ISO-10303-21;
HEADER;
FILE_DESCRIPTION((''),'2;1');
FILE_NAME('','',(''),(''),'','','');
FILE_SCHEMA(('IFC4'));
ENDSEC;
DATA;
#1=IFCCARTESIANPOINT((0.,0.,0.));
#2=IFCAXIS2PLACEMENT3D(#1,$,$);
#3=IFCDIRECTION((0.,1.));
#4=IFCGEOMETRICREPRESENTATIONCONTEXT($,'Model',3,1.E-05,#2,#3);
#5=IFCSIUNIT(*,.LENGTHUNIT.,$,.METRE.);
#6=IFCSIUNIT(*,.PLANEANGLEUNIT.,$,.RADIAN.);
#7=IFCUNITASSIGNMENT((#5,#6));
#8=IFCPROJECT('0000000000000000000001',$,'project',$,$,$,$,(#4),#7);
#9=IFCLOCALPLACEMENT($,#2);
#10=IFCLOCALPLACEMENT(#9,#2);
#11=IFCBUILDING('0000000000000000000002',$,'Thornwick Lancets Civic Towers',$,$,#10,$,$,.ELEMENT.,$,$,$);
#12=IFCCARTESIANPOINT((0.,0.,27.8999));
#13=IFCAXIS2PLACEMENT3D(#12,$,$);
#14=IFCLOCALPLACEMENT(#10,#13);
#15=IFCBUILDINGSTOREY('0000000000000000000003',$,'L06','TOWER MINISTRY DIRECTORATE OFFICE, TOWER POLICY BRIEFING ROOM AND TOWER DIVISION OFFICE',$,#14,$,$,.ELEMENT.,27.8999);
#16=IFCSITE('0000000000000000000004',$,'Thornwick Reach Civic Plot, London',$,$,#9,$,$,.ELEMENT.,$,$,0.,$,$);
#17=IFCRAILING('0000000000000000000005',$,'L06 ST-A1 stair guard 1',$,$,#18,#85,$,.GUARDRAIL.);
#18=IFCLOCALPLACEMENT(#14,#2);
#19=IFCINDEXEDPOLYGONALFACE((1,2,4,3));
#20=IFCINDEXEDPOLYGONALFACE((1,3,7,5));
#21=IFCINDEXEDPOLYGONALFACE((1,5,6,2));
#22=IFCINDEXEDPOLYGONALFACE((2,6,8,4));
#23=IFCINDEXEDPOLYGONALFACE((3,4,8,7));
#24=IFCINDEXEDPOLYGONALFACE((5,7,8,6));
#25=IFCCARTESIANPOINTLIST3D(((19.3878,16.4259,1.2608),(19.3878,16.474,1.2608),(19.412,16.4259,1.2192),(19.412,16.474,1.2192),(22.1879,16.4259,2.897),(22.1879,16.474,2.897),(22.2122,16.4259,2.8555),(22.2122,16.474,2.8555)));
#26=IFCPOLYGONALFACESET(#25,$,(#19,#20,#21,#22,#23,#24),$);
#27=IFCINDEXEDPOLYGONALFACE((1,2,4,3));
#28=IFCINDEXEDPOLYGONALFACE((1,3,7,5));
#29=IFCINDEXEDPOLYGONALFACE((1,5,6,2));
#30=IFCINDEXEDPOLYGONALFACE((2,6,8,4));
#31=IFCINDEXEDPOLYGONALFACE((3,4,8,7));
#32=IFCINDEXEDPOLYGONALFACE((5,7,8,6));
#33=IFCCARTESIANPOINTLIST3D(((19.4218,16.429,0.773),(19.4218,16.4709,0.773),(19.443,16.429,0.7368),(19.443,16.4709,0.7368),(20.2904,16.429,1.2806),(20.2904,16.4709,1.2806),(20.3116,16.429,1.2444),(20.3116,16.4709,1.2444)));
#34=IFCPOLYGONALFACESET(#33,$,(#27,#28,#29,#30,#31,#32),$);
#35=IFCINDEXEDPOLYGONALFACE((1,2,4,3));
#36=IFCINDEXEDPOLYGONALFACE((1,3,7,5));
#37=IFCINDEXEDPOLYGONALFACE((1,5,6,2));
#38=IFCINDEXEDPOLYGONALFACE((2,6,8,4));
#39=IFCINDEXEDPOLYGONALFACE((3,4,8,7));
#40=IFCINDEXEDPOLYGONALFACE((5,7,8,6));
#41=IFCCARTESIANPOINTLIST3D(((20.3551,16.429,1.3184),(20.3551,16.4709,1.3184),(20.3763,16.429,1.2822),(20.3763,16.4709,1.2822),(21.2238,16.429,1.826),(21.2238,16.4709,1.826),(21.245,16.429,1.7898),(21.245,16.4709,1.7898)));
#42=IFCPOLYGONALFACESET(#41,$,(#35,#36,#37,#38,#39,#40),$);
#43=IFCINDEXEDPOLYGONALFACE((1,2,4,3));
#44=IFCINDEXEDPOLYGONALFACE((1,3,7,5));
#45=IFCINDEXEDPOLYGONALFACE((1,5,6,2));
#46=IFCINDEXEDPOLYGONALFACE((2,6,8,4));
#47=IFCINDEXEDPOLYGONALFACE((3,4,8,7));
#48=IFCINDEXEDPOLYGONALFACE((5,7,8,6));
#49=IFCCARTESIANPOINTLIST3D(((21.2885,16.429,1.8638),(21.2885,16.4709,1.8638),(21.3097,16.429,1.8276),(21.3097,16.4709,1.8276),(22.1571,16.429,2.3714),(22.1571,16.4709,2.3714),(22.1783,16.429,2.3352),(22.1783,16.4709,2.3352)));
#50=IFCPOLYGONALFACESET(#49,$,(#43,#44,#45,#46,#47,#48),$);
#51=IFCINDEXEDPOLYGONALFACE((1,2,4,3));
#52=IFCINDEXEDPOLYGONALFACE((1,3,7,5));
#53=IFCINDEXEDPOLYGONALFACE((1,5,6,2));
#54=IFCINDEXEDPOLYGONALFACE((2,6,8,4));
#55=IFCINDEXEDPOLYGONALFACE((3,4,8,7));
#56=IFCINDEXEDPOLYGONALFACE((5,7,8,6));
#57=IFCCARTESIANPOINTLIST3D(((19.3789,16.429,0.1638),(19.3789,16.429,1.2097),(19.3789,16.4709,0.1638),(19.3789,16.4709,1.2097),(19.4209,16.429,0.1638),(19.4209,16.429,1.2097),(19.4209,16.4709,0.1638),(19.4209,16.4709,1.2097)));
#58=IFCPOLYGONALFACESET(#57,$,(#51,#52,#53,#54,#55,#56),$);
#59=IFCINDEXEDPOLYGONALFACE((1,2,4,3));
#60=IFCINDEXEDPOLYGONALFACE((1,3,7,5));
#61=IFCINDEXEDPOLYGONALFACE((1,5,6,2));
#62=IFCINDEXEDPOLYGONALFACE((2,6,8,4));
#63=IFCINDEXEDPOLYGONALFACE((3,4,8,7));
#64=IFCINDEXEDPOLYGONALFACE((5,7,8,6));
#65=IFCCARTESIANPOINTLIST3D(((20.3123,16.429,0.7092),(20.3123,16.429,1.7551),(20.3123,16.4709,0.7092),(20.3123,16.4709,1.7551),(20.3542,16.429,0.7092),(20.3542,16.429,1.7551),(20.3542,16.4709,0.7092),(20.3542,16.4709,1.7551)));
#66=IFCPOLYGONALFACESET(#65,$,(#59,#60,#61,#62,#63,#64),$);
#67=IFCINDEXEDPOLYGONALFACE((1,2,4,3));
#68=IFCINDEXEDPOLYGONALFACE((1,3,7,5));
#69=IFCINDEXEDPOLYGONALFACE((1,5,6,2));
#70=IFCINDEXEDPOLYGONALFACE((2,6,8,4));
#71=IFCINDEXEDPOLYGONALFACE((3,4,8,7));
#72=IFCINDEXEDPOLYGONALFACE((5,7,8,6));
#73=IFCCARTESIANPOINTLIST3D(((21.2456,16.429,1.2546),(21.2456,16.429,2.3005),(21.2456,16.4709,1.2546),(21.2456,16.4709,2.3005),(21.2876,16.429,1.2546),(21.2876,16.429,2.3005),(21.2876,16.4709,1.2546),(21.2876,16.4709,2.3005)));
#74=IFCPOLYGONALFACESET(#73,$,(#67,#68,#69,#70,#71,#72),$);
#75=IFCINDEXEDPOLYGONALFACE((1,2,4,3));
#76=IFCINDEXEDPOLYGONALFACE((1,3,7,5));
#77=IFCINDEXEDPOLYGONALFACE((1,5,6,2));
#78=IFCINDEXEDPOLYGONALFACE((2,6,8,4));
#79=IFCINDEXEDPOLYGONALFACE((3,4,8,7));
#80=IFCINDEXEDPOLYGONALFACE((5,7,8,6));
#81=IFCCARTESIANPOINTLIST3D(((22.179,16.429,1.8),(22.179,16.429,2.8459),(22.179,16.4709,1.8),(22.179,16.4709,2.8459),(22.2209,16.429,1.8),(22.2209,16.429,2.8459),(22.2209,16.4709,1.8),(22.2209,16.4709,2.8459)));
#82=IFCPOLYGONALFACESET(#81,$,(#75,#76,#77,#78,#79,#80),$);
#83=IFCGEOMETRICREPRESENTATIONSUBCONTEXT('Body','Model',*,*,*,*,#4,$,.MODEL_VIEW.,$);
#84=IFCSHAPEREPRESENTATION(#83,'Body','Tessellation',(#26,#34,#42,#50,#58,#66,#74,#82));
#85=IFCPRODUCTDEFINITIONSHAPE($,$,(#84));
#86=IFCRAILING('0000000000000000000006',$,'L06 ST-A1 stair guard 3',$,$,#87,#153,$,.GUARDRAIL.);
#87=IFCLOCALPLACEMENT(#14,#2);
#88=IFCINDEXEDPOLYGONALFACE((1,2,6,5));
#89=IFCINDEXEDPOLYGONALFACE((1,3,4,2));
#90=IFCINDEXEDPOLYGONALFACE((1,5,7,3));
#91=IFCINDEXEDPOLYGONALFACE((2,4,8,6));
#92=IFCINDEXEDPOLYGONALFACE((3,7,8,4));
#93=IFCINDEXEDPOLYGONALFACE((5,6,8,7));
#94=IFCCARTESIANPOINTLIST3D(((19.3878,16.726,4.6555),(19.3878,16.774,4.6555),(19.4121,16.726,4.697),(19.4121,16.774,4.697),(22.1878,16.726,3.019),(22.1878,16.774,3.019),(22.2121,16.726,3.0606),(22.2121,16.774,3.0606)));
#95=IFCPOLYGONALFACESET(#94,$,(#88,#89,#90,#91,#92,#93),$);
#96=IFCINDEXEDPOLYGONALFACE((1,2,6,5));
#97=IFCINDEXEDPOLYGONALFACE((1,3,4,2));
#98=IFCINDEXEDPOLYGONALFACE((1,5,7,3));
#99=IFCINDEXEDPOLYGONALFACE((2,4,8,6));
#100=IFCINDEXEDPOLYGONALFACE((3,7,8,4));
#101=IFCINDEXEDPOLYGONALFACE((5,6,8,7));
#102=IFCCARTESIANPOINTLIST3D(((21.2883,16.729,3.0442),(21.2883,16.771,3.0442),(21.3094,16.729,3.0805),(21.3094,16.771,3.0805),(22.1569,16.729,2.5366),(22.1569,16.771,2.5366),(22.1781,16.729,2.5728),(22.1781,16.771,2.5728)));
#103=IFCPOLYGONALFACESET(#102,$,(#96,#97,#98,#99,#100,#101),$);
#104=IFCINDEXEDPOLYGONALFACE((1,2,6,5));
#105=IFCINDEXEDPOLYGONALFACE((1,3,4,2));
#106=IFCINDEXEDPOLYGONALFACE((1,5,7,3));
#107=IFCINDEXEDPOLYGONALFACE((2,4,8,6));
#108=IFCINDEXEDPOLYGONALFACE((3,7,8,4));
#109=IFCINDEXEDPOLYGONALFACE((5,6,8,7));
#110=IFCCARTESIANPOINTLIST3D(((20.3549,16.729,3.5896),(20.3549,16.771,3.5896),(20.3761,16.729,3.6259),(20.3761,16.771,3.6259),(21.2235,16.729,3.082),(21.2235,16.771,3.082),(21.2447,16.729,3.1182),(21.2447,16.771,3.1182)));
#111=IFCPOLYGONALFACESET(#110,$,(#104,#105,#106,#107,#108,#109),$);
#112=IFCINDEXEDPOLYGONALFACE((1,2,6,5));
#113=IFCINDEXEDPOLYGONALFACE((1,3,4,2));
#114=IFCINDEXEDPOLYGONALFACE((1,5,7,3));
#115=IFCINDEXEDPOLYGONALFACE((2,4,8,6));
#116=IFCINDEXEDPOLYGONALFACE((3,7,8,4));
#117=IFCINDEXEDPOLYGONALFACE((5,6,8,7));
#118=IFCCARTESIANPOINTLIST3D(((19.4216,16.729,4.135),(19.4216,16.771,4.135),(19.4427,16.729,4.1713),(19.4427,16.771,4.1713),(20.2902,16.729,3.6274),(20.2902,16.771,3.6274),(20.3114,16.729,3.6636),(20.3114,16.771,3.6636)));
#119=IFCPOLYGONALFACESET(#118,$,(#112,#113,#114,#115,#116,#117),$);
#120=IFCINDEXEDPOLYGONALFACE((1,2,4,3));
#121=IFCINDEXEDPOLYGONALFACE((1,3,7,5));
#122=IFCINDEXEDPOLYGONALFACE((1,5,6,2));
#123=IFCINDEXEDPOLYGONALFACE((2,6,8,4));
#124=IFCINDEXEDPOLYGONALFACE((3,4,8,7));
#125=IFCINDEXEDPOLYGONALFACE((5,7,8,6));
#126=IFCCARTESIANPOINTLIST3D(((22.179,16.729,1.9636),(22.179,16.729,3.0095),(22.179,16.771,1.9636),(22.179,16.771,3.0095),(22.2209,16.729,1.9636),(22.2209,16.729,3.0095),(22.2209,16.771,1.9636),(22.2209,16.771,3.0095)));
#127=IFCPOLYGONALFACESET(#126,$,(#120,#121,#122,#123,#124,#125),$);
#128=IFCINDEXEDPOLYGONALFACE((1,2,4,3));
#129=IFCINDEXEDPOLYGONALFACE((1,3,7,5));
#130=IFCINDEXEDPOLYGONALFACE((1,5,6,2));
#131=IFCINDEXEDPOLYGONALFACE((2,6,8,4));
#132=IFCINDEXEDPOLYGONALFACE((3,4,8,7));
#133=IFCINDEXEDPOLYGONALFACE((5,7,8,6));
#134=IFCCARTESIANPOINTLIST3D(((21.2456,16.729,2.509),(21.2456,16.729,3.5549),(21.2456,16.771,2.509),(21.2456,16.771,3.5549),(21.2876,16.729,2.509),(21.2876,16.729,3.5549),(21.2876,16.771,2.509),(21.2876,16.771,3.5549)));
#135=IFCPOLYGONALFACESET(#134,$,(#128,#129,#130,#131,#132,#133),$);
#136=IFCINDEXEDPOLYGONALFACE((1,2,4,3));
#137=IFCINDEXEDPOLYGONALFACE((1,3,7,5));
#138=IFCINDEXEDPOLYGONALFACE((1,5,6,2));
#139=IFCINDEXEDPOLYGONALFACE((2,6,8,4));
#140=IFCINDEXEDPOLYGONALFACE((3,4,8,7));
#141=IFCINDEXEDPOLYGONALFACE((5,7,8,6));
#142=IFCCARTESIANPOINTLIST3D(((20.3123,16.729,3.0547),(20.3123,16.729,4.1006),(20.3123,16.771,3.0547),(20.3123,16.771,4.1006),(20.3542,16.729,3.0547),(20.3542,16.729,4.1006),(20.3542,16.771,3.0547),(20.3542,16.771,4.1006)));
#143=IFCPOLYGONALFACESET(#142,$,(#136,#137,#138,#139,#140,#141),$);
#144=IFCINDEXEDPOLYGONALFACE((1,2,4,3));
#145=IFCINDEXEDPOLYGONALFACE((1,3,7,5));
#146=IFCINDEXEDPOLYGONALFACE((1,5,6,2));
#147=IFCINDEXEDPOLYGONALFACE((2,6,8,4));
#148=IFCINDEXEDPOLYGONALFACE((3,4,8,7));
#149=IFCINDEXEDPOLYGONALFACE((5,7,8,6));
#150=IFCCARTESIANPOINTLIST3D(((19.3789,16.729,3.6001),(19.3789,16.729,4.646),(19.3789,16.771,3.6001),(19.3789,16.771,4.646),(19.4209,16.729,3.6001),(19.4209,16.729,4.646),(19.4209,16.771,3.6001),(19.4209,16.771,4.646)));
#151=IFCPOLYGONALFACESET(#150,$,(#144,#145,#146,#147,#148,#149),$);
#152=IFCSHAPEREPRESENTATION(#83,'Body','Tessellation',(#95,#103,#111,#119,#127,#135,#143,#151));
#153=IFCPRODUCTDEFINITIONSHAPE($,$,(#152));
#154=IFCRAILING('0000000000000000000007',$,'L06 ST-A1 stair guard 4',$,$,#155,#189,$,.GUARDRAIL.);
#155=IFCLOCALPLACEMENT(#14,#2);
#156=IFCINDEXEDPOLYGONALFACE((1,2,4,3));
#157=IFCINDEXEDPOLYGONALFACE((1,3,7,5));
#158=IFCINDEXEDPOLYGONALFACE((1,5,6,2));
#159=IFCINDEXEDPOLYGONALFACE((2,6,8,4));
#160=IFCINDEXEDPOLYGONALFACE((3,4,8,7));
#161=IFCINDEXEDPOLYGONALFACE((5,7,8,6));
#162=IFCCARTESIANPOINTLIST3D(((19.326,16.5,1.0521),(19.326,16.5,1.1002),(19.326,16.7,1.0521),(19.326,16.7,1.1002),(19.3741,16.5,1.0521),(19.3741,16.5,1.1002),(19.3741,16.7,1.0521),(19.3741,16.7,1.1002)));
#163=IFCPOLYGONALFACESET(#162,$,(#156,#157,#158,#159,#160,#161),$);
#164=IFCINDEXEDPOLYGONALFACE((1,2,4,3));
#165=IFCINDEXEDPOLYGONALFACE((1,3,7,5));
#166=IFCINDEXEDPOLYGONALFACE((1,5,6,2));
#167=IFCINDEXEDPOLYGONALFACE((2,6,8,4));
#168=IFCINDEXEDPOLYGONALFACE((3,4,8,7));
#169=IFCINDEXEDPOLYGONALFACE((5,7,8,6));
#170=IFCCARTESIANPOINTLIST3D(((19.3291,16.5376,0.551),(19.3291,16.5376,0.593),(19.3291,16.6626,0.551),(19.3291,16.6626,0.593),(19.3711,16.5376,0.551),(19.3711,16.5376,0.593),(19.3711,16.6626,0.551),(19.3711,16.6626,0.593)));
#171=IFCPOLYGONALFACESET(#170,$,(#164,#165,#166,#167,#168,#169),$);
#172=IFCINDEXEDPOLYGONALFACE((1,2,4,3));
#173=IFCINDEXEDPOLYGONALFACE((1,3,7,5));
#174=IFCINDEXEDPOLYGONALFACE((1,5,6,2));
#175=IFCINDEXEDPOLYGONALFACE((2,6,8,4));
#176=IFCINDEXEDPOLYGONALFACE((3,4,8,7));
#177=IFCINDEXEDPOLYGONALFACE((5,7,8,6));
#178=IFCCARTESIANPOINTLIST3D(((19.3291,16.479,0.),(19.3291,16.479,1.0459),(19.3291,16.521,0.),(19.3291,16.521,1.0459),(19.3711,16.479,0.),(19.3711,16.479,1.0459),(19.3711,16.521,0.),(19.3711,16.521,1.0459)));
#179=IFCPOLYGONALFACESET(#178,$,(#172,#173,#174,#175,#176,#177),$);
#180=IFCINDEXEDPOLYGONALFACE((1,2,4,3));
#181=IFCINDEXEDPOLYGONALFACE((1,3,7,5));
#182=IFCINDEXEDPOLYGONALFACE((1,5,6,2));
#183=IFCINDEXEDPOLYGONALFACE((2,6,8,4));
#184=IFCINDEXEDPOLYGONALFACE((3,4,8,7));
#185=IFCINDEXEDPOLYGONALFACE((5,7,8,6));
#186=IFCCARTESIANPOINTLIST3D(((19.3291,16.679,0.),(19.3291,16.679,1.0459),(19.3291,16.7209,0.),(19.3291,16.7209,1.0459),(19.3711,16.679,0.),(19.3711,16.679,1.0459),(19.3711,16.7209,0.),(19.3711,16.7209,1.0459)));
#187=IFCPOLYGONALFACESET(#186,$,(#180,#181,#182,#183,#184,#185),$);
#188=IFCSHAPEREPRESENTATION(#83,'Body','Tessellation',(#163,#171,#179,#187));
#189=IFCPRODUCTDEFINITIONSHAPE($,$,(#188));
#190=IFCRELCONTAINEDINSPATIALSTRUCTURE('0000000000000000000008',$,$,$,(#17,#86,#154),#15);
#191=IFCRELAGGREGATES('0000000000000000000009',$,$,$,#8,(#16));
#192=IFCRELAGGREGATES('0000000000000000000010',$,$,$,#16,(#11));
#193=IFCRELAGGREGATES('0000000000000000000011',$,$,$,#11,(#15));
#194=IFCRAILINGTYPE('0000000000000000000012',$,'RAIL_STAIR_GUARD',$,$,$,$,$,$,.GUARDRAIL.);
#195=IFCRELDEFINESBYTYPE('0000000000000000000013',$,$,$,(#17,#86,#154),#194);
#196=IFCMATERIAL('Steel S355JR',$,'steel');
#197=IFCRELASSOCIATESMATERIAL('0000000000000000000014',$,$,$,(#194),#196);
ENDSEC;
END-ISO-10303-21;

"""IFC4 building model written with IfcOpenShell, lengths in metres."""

from ifc_helpers import new_model, si_unit, direction, frame, origin, origin_2d, place, context, subcontext, project, spatial, rectangle, extrude, material, type_object, element, save


model = new_model("IFC4")

# Units and contexts
model_context = context("Model", 3, precision=1e-05, world=origin(), true_north=direction((0.0, 1.0)))
body_context = subcontext(model_context, "Body", "Model", "MODEL_VIEW")
ifc_project = project(units=[si_unit("LENGTHUNIT", "METRE"), si_unit("PLANEANGLEUNIT", "RADIAN")], contexts=[model_context])

# Site, building, storey
site_placement = place(None, origin())
site = spatial("IfcSite", under=ifc_project, at=site_placement, Name="Thornwick Reach Civic Plot, London", CompositionType="ELEMENT", RefElevation=0.0)
building_placement = place(site_placement, origin())
building = spatial("IfcBuilding", under=site, at=building_placement, Name="Thornwick Lancets Civic Towers", CompositionType="ELEMENT")
storey_placement = place(building_placement, frame((0.0, 0.0, 27.8999)))
storey = spatial("IfcBuildingStorey", under=building, at=storey_placement, Name="L06", Description="TOWER MINISTRY DIRECTORATE OFFICE, TOWER POLICY BRIEFING ROOM AND TOWER DIVISION OFFICE", CompositionType="ELEMENT", Elevation=27.8999)

# Shared definitions
ifc_material_1 = material(Name="Steel S355JR", Category="steel")

# Railings
railing_type_1 = type_object("IfcRailingType", Name="RAIL_STAIR_GUARD", PredefinedType="GUARDRAIL", material=ifc_material_1)
railing_1_placement = place(storey_placement, frame((19.3999, 16.45, 0.1638)))
element("IfcRailing", 1, at=railing_1_placement, inside=storey, type_object=railing_type_1, Name="L06 ST-A1 stair guard 1", PredefinedType="GUARDRAIL", context=body_context, shape_type="SweptSolid", body=[
    extrude(rectangle(XDim=0.0481, YDim=0.0481, at=origin_2d()), frame((0.0, 0.0, 1.0762), z_axis=(0.863394, 0.0, 0.504531), x_axis=(0.0, 1.0, 0.0)), (0.0, 0.0, 1.0), 3.2432),
    extrude(rectangle(XDim=0.042, YDim=0.042, at=origin_2d()), frame((0.0325, 0.0, 0.5911), z_axis=(0.863394, 0.0, 0.504531), x_axis=(0.0, 1.0, 0.0)), (0.0, 0.0, 1.0), 1.0061),
    extrude(rectangle(XDim=0.042, YDim=0.042, at=origin_2d()), frame((0.9658, 0.0, 1.1365), z_axis=(0.863394, 0.0, 0.504531), x_axis=(0.0, 1.0, 0.0)), (0.0, 0.0, 1.0), 1.0061),
    extrude(rectangle(XDim=0.042, YDim=0.042, at=origin_2d()), frame((1.8992, 0.0, 1.6819), z_axis=(0.863394, 0.0, 0.504531), x_axis=(0.0, 1.0, 0.0)), (0.0, 0.0, 1.0), 1.0061),
    extrude(rectangle(XDim=0.042, YDim=0.042, at=origin_2d()), origin(), (0.0, 0.0, 1.0), 1.0459),
    extrude(rectangle(XDim=0.042, YDim=0.042, at=origin_2d()), frame((0.9333, 0.0, 0.5454)), (0.0, 0.0, 1.0), 1.0459),
    extrude(rectangle(XDim=0.042, YDim=0.042, at=origin_2d()), frame((1.8667, 0.0, 1.0908)), (0.0, 0.0, 1.0), 1.0459),
    extrude(rectangle(XDim=0.042, YDim=0.042, at=origin_2d()), frame((2.8, 0.0, 1.6362)), (0.0, 0.0, 1.0), 1.0459),
])
railing_2_placement = place(storey_placement, frame((22.2, 16.75, 1.9636)))
element("IfcRailing", 2, at=railing_2_placement, inside=storey, type_object=railing_type_1, Name="L06 ST-A1 stair guard 3", PredefinedType="GUARDRAIL", context=body_context, shape_type="SweptSolid", body=[
    extrude(rectangle(XDim=0.0481, YDim=0.0481, at=origin_2d()), frame((0.0, 0.0, 1.0762), z_axis=(-0.863361, 0.0, 0.504587), x_axis=(0.0, -1.0, 0.0)), (0.0, 0.0, 1.0), 3.2432),
    extrude(rectangle(XDim=0.042, YDim=0.042, at=origin_2d()), frame((-0.0325, 0.0, 0.5911), z_axis=(-0.863361, 0.0, 0.504587), x_axis=(0.0, -1.0, 0.0)), (0.0, 0.0, 1.0), 1.0061),
    extrude(rectangle(XDim=0.042, YDim=0.042, at=origin_2d()), frame((-0.9658, 0.0, 1.1365), z_axis=(-0.863361, 0.0, 0.504587), x_axis=(0.0, -1.0, 0.0)), (0.0, 0.0, 1.0), 1.0061),
    extrude(rectangle(XDim=0.042, YDim=0.042, at=origin_2d()), frame((-1.8992, 0.0, 1.6819), z_axis=(-0.863361, 0.0, 0.504587), x_axis=(0.0, -1.0, 0.0)), (0.0, 0.0, 1.0), 1.0061),
    extrude(rectangle(XDim=0.042, YDim=0.042, at=origin_2d()), origin(), (0.0, 0.0, 1.0), 1.0459),
    extrude(rectangle(XDim=0.042, YDim=0.042, at=origin_2d()), frame((-0.9333, 0.0, 0.5454)), (0.0, 0.0, 1.0), 1.0459),
    extrude(rectangle(XDim=0.042, YDim=0.042, at=origin_2d()), frame((-1.8667, 0.0, 1.0911)), (0.0, 0.0, 1.0), 1.0459),
    extrude(rectangle(XDim=0.042, YDim=0.042, at=origin_2d()), frame((-2.8, 0.0, 1.6365)), (0.0, 0.0, 1.0), 1.0459),
])
railing_3_placement = place(storey_placement, frame((19.3501, 16.5, 0.0)))
element("IfcRailing", 3, at=railing_3_placement, inside=storey, type_object=railing_type_1, Name="L06 ST-A1 stair guard 4", PredefinedType="GUARDRAIL", context=body_context, shape_type="SweptSolid", body=[
    extrude(rectangle(XDim=0.0481, YDim=0.0481, at=origin_2d()), frame((0.0, 0.0, 1.0762), z_axis=(0.0, 1.0, 0.0), x_axis=(-1.0, 0.0, 0.0)), (0.0, 0.0, 1.0), 0.2),
    extrude(rectangle(XDim=0.042, YDim=0.042, at=origin_2d()), frame((0.0, 0.0376, 0.572), z_axis=(0.0, 1.0, 0.0), x_axis=(-1.0, 0.0, 0.0)), (0.0, 0.0, 1.0), 0.125),
    extrude(rectangle(XDim=0.042, YDim=0.042, at=origin_2d()), origin(), (0.0, 0.0, 1.0), 1.0459),
    extrude(rectangle(XDim=0.042, YDim=0.042, at=origin_2d()), frame((0.0, 0.2, 0.0)), (0.0, 0.0, 1.0), 1.0459),
])

save(model, "model.ifc")
